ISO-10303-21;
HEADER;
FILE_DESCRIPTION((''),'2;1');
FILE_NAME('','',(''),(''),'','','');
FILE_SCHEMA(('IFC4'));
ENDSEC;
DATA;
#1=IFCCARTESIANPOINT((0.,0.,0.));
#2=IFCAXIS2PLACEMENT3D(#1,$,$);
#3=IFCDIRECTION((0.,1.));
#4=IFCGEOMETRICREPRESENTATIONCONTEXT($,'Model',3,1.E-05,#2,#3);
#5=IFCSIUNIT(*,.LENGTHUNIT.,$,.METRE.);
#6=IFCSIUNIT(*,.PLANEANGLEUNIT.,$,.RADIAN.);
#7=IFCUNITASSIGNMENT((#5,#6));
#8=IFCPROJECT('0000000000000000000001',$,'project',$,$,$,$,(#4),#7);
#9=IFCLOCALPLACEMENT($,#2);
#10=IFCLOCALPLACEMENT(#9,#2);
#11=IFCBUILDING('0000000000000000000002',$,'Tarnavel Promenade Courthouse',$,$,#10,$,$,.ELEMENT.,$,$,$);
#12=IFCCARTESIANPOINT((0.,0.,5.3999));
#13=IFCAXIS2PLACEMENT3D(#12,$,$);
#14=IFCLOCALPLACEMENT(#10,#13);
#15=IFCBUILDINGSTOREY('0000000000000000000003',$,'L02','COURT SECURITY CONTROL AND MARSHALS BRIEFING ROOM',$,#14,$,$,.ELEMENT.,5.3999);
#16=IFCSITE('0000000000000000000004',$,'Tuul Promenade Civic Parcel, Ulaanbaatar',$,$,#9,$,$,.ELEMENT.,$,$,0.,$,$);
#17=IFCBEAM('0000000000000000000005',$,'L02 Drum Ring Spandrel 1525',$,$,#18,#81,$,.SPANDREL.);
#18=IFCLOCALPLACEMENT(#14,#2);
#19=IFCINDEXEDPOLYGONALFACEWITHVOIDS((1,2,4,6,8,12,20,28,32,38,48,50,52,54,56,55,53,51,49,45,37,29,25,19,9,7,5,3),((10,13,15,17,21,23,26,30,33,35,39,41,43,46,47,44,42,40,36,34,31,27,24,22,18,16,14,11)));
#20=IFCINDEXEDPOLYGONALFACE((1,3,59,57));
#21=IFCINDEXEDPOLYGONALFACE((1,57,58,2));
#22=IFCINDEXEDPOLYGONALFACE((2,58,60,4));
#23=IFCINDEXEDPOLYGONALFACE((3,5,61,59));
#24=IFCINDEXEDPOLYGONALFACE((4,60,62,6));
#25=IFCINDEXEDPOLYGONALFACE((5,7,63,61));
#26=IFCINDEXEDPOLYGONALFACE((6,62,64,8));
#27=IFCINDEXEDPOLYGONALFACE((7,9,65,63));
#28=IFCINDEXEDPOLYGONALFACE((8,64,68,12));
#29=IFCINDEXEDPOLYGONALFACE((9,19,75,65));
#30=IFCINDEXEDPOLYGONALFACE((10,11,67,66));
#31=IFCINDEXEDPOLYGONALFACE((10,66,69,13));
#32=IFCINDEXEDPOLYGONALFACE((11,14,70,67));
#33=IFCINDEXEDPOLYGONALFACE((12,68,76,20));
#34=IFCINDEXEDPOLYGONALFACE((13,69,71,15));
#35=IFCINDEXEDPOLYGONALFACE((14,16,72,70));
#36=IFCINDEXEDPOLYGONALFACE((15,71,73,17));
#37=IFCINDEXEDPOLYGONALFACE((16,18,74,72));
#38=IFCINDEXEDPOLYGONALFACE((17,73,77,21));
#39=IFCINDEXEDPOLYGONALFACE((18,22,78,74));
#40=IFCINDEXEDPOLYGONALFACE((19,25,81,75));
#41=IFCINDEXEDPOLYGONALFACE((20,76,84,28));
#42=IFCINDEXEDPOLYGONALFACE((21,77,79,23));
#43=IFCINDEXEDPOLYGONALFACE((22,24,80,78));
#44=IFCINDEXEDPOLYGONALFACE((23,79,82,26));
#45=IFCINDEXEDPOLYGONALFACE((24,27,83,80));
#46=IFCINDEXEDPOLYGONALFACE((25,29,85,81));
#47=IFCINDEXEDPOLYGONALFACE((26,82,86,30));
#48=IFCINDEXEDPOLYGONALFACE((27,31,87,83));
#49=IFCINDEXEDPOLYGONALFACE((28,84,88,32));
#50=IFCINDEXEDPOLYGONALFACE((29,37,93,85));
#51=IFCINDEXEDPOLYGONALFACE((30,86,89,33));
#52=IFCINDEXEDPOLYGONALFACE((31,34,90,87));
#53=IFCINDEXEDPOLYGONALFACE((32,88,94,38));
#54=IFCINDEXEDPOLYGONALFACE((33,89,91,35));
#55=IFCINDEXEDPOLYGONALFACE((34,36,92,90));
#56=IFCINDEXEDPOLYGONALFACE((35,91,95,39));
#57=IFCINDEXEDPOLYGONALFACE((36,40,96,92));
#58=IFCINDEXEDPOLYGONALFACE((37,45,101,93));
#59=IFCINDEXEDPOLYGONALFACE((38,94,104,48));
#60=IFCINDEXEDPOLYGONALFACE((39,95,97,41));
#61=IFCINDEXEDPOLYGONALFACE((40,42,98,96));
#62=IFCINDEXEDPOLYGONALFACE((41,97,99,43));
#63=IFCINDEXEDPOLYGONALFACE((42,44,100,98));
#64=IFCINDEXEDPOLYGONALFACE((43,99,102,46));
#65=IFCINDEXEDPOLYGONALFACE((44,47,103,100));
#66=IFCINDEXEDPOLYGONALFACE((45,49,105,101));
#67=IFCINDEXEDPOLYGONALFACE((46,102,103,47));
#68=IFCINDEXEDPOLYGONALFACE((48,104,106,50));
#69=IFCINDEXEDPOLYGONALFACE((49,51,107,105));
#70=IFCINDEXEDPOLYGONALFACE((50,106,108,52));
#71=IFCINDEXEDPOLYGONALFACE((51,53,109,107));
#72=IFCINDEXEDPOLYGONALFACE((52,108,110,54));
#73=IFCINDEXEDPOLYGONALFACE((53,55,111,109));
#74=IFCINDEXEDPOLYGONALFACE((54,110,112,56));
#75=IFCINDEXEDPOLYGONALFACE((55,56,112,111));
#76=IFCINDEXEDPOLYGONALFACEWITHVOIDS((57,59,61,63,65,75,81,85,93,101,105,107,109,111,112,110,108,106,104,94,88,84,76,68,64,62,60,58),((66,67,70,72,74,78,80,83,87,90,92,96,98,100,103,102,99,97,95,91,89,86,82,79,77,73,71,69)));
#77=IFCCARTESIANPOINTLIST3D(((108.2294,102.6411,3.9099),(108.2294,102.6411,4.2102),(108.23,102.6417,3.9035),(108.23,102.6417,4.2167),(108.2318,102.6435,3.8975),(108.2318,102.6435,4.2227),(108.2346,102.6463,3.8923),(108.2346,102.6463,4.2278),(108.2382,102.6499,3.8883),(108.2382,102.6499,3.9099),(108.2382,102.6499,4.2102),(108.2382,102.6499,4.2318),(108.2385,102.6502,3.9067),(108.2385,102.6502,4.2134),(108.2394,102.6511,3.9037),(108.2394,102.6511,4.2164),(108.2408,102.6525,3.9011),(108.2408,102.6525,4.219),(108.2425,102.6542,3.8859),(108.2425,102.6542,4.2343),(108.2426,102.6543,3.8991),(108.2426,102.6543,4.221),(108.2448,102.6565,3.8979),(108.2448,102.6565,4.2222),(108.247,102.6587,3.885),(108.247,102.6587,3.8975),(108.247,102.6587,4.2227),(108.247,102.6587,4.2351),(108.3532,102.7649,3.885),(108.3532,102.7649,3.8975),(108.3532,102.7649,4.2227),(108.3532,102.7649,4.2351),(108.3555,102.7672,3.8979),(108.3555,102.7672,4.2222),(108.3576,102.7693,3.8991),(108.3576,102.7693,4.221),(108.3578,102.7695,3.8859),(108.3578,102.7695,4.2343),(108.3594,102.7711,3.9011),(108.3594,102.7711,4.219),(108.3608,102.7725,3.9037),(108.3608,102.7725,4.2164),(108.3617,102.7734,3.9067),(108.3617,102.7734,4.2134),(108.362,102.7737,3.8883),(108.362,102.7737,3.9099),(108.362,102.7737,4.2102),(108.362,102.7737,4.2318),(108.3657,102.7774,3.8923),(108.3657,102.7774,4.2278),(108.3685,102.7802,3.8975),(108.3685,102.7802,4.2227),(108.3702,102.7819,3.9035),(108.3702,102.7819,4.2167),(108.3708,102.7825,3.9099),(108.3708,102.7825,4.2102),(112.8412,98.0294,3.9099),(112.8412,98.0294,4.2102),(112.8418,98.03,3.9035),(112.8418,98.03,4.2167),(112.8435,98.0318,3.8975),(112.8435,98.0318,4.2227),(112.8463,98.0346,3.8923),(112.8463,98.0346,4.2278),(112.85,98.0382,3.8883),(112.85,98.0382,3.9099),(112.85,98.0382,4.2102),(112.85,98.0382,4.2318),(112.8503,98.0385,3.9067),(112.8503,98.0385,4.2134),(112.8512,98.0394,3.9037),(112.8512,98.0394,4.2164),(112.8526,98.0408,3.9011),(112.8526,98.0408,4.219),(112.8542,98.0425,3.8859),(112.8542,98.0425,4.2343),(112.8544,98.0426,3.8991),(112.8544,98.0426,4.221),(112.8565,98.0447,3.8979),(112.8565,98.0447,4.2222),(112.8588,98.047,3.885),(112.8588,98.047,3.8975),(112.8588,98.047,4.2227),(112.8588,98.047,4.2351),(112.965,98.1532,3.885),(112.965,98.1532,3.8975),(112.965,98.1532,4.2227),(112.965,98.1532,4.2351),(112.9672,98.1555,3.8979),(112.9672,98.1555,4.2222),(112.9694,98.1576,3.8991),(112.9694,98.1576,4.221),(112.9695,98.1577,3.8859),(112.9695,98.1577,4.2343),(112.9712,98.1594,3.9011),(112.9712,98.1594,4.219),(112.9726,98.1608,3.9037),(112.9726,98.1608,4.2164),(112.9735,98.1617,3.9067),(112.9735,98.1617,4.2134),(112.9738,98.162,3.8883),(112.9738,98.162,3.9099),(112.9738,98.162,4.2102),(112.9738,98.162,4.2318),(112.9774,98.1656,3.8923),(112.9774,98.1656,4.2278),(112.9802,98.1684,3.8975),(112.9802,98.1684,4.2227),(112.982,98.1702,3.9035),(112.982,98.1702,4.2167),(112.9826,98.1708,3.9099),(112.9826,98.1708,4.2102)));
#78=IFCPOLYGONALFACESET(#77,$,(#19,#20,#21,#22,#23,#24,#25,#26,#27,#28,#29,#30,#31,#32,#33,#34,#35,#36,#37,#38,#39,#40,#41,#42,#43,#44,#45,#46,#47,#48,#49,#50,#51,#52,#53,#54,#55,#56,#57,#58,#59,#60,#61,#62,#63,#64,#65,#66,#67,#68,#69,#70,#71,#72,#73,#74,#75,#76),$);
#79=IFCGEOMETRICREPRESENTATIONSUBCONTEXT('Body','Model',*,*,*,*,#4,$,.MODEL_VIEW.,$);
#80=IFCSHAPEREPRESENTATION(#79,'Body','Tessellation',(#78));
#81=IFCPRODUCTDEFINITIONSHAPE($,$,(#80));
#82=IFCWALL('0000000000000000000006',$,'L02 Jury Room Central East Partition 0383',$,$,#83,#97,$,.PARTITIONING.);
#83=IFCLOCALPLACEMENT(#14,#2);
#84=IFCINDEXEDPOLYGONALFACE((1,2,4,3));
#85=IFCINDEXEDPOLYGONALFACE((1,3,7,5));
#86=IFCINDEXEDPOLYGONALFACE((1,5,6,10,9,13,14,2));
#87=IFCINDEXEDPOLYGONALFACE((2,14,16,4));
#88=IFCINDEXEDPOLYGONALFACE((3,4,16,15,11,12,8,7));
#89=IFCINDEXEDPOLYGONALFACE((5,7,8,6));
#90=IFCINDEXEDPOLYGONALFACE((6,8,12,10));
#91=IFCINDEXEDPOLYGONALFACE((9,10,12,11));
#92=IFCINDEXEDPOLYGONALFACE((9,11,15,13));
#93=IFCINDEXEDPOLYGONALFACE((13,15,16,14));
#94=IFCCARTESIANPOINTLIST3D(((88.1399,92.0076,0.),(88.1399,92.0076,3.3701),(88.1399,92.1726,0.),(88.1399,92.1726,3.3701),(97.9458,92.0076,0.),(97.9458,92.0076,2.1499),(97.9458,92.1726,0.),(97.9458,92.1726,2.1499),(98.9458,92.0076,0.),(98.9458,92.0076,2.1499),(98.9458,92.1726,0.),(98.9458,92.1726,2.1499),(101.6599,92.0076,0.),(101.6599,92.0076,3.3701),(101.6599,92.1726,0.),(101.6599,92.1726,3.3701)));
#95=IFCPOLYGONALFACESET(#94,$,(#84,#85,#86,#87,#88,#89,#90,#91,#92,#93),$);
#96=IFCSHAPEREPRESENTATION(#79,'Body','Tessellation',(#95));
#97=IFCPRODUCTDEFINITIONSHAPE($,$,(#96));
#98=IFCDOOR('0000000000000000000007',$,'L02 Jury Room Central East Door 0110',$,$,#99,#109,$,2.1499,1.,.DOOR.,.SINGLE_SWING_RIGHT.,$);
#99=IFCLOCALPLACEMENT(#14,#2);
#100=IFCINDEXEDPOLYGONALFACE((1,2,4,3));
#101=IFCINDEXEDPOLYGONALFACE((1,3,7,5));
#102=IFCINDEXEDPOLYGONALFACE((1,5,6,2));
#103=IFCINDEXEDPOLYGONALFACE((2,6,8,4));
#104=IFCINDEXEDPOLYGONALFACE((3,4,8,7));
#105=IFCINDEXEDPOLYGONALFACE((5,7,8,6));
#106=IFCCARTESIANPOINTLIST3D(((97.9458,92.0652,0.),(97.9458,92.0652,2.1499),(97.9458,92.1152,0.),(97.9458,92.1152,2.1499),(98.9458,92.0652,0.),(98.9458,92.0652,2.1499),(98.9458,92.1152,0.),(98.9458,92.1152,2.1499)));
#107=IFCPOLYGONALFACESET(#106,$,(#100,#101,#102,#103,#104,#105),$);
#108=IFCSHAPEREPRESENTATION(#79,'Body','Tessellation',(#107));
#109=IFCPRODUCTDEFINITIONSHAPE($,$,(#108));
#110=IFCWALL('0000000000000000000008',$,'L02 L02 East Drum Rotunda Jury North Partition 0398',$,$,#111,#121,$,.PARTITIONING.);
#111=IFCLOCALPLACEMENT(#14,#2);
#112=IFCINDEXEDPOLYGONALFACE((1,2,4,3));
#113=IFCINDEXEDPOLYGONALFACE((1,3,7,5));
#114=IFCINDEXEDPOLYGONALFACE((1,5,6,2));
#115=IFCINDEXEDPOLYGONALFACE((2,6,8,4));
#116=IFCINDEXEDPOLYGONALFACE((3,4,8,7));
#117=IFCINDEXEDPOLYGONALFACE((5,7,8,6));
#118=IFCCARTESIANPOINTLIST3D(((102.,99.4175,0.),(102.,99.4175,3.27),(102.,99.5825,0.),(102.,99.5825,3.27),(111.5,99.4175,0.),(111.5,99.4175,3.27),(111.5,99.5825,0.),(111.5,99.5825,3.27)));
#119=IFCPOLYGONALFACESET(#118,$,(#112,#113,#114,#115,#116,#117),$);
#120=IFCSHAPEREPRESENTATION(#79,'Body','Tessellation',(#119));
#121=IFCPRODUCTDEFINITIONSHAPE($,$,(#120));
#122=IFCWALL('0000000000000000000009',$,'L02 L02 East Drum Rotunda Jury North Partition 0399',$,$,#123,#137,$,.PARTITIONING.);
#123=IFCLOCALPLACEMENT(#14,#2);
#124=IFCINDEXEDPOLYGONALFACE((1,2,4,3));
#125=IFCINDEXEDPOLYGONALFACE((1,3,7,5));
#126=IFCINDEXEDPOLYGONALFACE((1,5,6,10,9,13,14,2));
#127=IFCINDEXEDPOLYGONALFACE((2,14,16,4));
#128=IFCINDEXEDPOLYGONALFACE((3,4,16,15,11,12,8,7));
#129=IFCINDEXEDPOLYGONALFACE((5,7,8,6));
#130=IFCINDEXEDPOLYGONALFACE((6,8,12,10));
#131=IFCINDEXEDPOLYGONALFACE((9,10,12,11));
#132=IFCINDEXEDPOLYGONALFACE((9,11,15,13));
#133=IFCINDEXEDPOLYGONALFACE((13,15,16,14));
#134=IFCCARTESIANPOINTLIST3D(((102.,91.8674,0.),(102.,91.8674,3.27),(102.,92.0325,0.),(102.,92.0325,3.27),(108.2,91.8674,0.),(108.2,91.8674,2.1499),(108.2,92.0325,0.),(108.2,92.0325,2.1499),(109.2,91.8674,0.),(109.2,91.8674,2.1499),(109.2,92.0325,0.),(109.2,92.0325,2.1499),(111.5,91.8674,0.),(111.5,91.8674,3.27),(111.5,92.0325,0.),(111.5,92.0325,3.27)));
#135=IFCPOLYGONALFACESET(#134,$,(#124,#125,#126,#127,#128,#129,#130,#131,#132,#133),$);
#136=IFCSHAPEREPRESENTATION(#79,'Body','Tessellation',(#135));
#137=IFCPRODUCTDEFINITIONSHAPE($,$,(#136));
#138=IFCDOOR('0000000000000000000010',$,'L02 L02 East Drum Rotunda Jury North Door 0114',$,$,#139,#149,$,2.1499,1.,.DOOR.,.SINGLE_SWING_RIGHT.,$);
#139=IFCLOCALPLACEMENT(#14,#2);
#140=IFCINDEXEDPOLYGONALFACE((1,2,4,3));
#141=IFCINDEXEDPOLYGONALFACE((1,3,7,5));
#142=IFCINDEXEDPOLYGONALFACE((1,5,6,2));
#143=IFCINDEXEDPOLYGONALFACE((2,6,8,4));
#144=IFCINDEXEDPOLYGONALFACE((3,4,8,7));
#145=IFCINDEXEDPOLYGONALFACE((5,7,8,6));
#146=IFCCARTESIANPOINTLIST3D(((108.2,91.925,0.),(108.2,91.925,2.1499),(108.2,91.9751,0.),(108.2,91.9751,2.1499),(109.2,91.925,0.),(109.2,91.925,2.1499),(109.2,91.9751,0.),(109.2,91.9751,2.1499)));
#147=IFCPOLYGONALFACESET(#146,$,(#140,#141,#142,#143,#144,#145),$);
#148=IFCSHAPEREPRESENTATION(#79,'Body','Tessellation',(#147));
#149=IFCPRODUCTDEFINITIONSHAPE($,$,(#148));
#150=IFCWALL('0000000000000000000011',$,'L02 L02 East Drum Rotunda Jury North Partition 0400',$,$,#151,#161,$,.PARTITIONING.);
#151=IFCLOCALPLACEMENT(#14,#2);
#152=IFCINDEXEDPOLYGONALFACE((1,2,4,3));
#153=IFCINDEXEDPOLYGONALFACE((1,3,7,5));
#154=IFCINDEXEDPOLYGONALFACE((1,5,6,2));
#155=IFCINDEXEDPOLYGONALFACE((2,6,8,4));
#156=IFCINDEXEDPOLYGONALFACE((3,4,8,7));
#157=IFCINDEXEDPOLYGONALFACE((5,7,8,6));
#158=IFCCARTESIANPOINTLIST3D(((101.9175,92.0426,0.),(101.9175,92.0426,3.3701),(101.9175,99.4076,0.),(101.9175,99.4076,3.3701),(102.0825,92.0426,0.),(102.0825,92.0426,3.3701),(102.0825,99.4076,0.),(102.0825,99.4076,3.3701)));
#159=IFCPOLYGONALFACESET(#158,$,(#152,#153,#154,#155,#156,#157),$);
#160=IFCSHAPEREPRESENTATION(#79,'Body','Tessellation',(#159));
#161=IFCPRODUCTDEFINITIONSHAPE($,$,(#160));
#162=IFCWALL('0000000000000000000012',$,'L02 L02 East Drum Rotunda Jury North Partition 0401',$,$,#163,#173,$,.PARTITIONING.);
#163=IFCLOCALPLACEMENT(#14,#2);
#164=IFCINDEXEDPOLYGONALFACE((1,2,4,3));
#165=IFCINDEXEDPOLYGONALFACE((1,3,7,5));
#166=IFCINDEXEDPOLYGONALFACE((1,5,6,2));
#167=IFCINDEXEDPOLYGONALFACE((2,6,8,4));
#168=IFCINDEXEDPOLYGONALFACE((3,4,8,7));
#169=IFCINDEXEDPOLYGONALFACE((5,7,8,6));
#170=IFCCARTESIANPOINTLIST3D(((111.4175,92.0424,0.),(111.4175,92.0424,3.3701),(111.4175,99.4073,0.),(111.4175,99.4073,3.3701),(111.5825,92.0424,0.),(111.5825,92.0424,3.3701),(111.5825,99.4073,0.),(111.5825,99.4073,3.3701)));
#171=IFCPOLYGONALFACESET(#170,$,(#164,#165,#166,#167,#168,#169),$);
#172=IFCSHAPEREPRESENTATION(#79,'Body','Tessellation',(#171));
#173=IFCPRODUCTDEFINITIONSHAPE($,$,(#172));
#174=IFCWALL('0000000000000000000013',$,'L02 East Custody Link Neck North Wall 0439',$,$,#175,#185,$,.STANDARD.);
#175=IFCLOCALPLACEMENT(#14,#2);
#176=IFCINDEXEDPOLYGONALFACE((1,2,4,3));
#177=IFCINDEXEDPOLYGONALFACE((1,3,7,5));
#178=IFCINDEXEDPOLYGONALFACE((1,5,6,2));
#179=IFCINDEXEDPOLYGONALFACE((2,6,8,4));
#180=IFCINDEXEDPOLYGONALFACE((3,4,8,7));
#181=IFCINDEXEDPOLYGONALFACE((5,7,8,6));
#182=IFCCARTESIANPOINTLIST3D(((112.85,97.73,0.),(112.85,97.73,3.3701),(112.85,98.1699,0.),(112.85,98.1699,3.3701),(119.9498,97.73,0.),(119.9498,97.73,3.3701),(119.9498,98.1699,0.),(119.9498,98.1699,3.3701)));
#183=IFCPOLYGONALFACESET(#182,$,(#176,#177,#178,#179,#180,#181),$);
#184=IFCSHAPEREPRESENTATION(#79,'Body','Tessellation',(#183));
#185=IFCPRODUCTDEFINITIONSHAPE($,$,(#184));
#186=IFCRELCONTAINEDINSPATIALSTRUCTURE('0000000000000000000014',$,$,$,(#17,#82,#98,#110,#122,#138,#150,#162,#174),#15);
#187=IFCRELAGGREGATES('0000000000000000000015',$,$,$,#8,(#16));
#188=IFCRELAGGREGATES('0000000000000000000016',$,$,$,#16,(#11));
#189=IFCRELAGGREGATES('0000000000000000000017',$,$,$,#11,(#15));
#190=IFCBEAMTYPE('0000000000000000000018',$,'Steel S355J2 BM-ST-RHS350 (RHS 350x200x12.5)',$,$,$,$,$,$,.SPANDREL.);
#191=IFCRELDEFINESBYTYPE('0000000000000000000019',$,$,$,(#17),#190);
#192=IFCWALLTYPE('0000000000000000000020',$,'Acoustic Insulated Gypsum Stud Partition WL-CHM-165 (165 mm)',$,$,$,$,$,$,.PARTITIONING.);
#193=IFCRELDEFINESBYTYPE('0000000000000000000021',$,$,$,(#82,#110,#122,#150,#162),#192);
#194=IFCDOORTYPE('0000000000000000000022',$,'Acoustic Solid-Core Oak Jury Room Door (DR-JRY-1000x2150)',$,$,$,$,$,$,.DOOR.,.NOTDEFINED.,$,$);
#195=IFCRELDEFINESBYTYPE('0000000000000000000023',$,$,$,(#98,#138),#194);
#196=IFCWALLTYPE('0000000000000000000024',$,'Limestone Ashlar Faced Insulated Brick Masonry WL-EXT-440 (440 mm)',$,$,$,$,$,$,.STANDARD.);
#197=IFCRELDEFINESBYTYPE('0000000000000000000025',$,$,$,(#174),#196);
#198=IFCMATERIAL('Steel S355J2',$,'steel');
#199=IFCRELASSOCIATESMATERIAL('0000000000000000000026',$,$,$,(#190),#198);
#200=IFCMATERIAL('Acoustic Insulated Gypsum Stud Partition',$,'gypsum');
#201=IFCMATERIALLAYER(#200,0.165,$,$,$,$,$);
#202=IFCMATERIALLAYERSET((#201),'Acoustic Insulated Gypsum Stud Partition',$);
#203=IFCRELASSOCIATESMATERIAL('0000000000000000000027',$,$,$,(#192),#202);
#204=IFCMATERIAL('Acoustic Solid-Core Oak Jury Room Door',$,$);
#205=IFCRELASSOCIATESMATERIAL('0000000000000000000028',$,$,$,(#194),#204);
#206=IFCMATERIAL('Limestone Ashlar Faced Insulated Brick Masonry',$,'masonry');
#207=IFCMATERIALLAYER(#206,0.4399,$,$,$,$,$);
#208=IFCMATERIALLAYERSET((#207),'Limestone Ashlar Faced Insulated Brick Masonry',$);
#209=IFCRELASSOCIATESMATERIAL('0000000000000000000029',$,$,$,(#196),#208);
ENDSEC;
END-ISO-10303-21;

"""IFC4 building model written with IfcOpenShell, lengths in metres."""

from ifc_helpers import new_model, si_unit, direction, frame, frame_2d, origin, origin_2d, place, context, subcontext, project, spatial, rectangle, hollow_rectangle, extrude, material, layer, layer_set, material_profile, profile_set, type_object, element, fill, save


model = new_model("IFC4")

# Units and contexts
model_context = context("Model", 3, precision=1e-05, world=origin(), true_north=direction((0.0, 1.0)))
body_context = subcontext(model_context, "Body", "Model", "MODEL_VIEW")
ifc_project = project(units=[si_unit("LENGTHUNIT", "METRE"), si_unit("PLANEANGLEUNIT", "RADIAN")], contexts=[model_context])

# Site, building, storey
site_placement = place(None, origin())
site = spatial("IfcSite", under=ifc_project, at=site_placement, Name="Tuul Promenade Civic Parcel, Ulaanbaatar", CompositionType="ELEMENT", RefElevation=0.0)
building_placement = place(site_placement, origin())
building = spatial("IfcBuilding", under=site, at=building_placement, Name="Tarnavel Promenade Courthouse", CompositionType="ELEMENT")
storey_placement = place(building_placement, frame((0.0, 0.0, 5.3999)))
storey = spatial("IfcBuildingStorey", under=building, at=storey_placement, Name="L02", Description="COURT SECURITY CONTROL AND MARSHALS BRIEFING ROOM", CompositionType="ELEMENT", Elevation=5.3999)

# Beam
ifc_material_1 = material(Name="Steel S355J2", Category="steel")
ifc_material_profile_1 = material_profile(ifc_material_1, hollow_rectangle(XDim=0.2, YDim=0.3501, WallThickness=0.0125, InnerFilletRadius=0.0125, OuterFilletRadius=0.0249, at=origin_2d()), Name="RHS 350x200x12.5")
ifc_profile_set_1 = profile_set([ifc_material_profile_1], Name="Steel S355J2")
beam_type_1 = type_object("IfcBeamType", Name="Steel S355J2 BM-ST-RHS350 (RHS 350x200x12.5)", PredefinedType="SPANDREL", material=ifc_profile_set_1)
beam_1_placement = place(storey_placement, frame((112.9119, 98.1001, 4.0601), z_axis=(-0.707107, 0.707107, 0.0), x_axis=(-0.707107, -0.707107, 0.0)))
element("IfcBeam", 1, at=beam_1_placement, inside=storey, type_object=beam_type_1, Name="L02 Drum Ring Spandrel 1525", PredefinedType="SPANDREL", context=body_context, shape_type="SweptSolid", body=[
    extrude(hollow_rectangle(XDim=0.2, YDim=0.3501, WallThickness=0.0125, InnerFilletRadius=0.0125, OuterFilletRadius=0.0249, at=origin_2d()), origin(), (0.0, 0.0, 1.0), 6.522),
])

# Wall, opening, door
ifc_material_2 = material(Name="Acoustic Insulated Gypsum Stud Partition", Category="gypsum")
ifc_layer_1 = layer(ifc_material_2, 0.165)
ifc_layer_set_1 = layer_set([ifc_layer_1], Name="Acoustic Insulated Gypsum Stud Partition")
wall_type_1 = type_object("IfcWallType", Name="Acoustic Insulated Gypsum Stud Partition WL-CHM-165 (165 mm)", PredefinedType="PARTITIONING", material=ifc_layer_set_1)
wall_1_placement = place(storey_placement, frame((101.6599, 92.0901, 0.0), z_axis=(0.0, 0.0, 1.0), x_axis=(-1.0, 0.0, 0.0)))
wall_1 = element("IfcWall", 2, at=wall_1_placement, inside=storey, type_object=wall_type_1, Name="L02 Jury Room Central East Partition 0383", PredefinedType="PARTITIONING", context=body_context, shape_type="SweptSolid", body=[
    extrude(rectangle(XDim=13.52, YDim=0.165, at=frame_2d((6.76, 0.0))), origin(), (0.0, 0.0, 1.0), 3.3701),
])
opening_1_placement = place(wall_1_placement, frame((2.7141, 0.0, 0.0)))
opening_1 = element("IfcOpeningElement", 3, at=opening_1_placement, cuts=wall_1, PredefinedType="OPENING", context=body_context, shape_type="SweptSolid", body=[
    extrude(rectangle(XDim=1.0, YDim=2.1499, at=frame_2d((0.5, 1.075))), frame((0.0, 0.0925, 0.0), z_axis=(0.0, -1.0, 0.0), x_axis=(1.0, 0.0, 0.0)), (0.0, 0.0, 1.0), 0.1851),
])
ifc_material_3 = material(Name="Acoustic Solid-Core Oak Jury Room Door")
door_type = type_object("IfcDoorType", Name="Acoustic Solid-Core Oak Jury Room Door (DR-JRY-1000x2150)", OperationType="NOTDEFINED", PredefinedType="DOOR", material=ifc_material_3)
door_1_placement = place(opening_1_placement, origin())
door_1 = element("IfcDoor", 4, at=door_1_placement, inside=storey, type_object=door_type, Name="L02 Jury Room Central East Door 0110", OperationType="SINGLE_SWING_RIGHT", OverallHeight=2.1499, OverallWidth=1.0, PredefinedType="DOOR", context=body_context, shape_type="SweptSolid", body=[
    extrude(rectangle(XDim=1.0, YDim=2.1499, at=frame_2d((0.5, 1.075))), frame((0.0, 0.0249, 0.0), z_axis=(0.0, -1.0, 0.0), x_axis=(1.0, 0.0, 0.0)), (0.0, 0.0, 1.0), 0.05),
])
fill(opening_1, door_1)

# Wall
wall_2_placement = place(storey_placement, frame((102.0, 99.5, 0.0), z_axis=(0.0, 0.0, 1.0), x_axis=(1.0, 0.0, 0.0)))
element("IfcWall", 5, at=wall_2_placement, inside=storey, type_object=wall_type_1, Name="L02 L02 East Drum Rotunda Jury North Partition 0398", PredefinedType="PARTITIONING", context=body_context, shape_type="SweptSolid", body=[
    extrude(rectangle(XDim=9.5, YDim=0.165, at=frame_2d((4.75, 0.0))), origin(), (0.0, 0.0, 1.0), 3.27),
])

# Wall, opening, door
wall_3_placement = place(storey_placement, frame((111.5, 91.95, 0.0), z_axis=(0.0, 0.0, 1.0), x_axis=(-1.0, 0.0, 0.0)))
wall_3 = element("IfcWall", 6, at=wall_3_placement, inside=storey, type_object=wall_type_1, Name="L02 L02 East Drum Rotunda Jury North Partition 0399", PredefinedType="PARTITIONING", context=body_context, shape_type="SweptSolid", body=[
    extrude(rectangle(XDim=9.5, YDim=0.165, at=frame_2d((4.75, 0.0))), origin(), (0.0, 0.0, 1.0), 3.27),
])
opening_2_placement = place(wall_3_placement, frame((2.3, 0.0, 0.0)))
opening_2 = element("IfcOpeningElement", 7, at=opening_2_placement, cuts=wall_3, PredefinedType="OPENING", context=body_context, shape_type="SweptSolid", body=[
    extrude(rectangle(XDim=1.0, YDim=2.1499, at=frame_2d((0.5, 1.075))), frame((0.0, 0.0925, 0.0), z_axis=(0.0, -1.0, 0.0), x_axis=(1.0, 0.0, 0.0)), (0.0, 0.0, 1.0), 0.1851),
])
door_2_placement = place(opening_2_placement, origin())
door_2 = element("IfcDoor", 8, at=door_2_placement, inside=storey, type_object=door_type, Name="L02 L02 East Drum Rotunda Jury North Door 0114", OperationType="SINGLE_SWING_RIGHT", OverallHeight=2.1499, OverallWidth=1.0, PredefinedType="DOOR", context=body_context, shape_type="SweptSolid", body=[
    extrude(rectangle(XDim=1.0, YDim=2.1499, at=frame_2d((0.5, 1.075))), frame((0.0, 0.0249, 0.0), z_axis=(0.0, -1.0, 0.0), x_axis=(1.0, 0.0, 0.0)), (0.0, 0.0, 1.0), 0.05),
])
fill(opening_2, door_2)

# Walls
for number, where, z_axis, x_axis, name in (
    (9, (102.0, 92.0425, 0.0), (0.0, 0.0, 1.0), (0.0, 1.0, 0.0), "L02 L02 East Drum Rotunda Jury North Partition 0400"),
    (10, (111.5, 99.4075, 0.0), (0.0, 0.0, 1.0), (0.0, -1.0, 0.0), "L02 L02 East Drum Rotunda Jury North Partition 0401"),
):
    element("IfcWall", number, at=place(storey_placement, frame(where, z_axis=z_axis, x_axis=x_axis)), inside=storey, type_object=wall_type_1, Name=name, PredefinedType="PARTITIONING", context=body_context, shape_type="SweptSolid", body=[
        extrude(rectangle(XDim=7.365, YDim=0.165, at=frame_2d((3.6826, 0.0))), origin(), (0.0, 0.0, 1.0), 3.3701),
    ])
ifc_material_4 = material(Name="Limestone Ashlar Faced Insulated Brick Masonry", Category="masonry")
ifc_layer_2 = layer(ifc_material_4, 0.4399)
ifc_layer_set_2 = layer_set([ifc_layer_2], Name="Limestone Ashlar Faced Insulated Brick Masonry")
wall_type_2 = type_object("IfcWallType", Name="Limestone Ashlar Faced Insulated Brick Masonry WL-EXT-440 (440 mm)", PredefinedType="STANDARD", material=ifc_layer_set_2)
wall_4_placement = place(storey_placement, frame((112.8501, 97.95, 0.0), z_axis=(0.0, 0.0, 1.0), x_axis=(1.0, 0.0, 0.0)))
element("IfcWall", 11, at=wall_4_placement, inside=storey, type_object=wall_type_2, Name="L02 East Custody Link Neck North Wall 0439", PredefinedType="STANDARD", context=body_context, shape_type="SweptSolid", body=[
    extrude(rectangle(XDim=7.0999, YDim=0.4399, at=frame_2d((3.5498, 0.0))), origin(), (0.0, 0.0, 1.0), 3.3701),
])

save(model, "model.ifc")
